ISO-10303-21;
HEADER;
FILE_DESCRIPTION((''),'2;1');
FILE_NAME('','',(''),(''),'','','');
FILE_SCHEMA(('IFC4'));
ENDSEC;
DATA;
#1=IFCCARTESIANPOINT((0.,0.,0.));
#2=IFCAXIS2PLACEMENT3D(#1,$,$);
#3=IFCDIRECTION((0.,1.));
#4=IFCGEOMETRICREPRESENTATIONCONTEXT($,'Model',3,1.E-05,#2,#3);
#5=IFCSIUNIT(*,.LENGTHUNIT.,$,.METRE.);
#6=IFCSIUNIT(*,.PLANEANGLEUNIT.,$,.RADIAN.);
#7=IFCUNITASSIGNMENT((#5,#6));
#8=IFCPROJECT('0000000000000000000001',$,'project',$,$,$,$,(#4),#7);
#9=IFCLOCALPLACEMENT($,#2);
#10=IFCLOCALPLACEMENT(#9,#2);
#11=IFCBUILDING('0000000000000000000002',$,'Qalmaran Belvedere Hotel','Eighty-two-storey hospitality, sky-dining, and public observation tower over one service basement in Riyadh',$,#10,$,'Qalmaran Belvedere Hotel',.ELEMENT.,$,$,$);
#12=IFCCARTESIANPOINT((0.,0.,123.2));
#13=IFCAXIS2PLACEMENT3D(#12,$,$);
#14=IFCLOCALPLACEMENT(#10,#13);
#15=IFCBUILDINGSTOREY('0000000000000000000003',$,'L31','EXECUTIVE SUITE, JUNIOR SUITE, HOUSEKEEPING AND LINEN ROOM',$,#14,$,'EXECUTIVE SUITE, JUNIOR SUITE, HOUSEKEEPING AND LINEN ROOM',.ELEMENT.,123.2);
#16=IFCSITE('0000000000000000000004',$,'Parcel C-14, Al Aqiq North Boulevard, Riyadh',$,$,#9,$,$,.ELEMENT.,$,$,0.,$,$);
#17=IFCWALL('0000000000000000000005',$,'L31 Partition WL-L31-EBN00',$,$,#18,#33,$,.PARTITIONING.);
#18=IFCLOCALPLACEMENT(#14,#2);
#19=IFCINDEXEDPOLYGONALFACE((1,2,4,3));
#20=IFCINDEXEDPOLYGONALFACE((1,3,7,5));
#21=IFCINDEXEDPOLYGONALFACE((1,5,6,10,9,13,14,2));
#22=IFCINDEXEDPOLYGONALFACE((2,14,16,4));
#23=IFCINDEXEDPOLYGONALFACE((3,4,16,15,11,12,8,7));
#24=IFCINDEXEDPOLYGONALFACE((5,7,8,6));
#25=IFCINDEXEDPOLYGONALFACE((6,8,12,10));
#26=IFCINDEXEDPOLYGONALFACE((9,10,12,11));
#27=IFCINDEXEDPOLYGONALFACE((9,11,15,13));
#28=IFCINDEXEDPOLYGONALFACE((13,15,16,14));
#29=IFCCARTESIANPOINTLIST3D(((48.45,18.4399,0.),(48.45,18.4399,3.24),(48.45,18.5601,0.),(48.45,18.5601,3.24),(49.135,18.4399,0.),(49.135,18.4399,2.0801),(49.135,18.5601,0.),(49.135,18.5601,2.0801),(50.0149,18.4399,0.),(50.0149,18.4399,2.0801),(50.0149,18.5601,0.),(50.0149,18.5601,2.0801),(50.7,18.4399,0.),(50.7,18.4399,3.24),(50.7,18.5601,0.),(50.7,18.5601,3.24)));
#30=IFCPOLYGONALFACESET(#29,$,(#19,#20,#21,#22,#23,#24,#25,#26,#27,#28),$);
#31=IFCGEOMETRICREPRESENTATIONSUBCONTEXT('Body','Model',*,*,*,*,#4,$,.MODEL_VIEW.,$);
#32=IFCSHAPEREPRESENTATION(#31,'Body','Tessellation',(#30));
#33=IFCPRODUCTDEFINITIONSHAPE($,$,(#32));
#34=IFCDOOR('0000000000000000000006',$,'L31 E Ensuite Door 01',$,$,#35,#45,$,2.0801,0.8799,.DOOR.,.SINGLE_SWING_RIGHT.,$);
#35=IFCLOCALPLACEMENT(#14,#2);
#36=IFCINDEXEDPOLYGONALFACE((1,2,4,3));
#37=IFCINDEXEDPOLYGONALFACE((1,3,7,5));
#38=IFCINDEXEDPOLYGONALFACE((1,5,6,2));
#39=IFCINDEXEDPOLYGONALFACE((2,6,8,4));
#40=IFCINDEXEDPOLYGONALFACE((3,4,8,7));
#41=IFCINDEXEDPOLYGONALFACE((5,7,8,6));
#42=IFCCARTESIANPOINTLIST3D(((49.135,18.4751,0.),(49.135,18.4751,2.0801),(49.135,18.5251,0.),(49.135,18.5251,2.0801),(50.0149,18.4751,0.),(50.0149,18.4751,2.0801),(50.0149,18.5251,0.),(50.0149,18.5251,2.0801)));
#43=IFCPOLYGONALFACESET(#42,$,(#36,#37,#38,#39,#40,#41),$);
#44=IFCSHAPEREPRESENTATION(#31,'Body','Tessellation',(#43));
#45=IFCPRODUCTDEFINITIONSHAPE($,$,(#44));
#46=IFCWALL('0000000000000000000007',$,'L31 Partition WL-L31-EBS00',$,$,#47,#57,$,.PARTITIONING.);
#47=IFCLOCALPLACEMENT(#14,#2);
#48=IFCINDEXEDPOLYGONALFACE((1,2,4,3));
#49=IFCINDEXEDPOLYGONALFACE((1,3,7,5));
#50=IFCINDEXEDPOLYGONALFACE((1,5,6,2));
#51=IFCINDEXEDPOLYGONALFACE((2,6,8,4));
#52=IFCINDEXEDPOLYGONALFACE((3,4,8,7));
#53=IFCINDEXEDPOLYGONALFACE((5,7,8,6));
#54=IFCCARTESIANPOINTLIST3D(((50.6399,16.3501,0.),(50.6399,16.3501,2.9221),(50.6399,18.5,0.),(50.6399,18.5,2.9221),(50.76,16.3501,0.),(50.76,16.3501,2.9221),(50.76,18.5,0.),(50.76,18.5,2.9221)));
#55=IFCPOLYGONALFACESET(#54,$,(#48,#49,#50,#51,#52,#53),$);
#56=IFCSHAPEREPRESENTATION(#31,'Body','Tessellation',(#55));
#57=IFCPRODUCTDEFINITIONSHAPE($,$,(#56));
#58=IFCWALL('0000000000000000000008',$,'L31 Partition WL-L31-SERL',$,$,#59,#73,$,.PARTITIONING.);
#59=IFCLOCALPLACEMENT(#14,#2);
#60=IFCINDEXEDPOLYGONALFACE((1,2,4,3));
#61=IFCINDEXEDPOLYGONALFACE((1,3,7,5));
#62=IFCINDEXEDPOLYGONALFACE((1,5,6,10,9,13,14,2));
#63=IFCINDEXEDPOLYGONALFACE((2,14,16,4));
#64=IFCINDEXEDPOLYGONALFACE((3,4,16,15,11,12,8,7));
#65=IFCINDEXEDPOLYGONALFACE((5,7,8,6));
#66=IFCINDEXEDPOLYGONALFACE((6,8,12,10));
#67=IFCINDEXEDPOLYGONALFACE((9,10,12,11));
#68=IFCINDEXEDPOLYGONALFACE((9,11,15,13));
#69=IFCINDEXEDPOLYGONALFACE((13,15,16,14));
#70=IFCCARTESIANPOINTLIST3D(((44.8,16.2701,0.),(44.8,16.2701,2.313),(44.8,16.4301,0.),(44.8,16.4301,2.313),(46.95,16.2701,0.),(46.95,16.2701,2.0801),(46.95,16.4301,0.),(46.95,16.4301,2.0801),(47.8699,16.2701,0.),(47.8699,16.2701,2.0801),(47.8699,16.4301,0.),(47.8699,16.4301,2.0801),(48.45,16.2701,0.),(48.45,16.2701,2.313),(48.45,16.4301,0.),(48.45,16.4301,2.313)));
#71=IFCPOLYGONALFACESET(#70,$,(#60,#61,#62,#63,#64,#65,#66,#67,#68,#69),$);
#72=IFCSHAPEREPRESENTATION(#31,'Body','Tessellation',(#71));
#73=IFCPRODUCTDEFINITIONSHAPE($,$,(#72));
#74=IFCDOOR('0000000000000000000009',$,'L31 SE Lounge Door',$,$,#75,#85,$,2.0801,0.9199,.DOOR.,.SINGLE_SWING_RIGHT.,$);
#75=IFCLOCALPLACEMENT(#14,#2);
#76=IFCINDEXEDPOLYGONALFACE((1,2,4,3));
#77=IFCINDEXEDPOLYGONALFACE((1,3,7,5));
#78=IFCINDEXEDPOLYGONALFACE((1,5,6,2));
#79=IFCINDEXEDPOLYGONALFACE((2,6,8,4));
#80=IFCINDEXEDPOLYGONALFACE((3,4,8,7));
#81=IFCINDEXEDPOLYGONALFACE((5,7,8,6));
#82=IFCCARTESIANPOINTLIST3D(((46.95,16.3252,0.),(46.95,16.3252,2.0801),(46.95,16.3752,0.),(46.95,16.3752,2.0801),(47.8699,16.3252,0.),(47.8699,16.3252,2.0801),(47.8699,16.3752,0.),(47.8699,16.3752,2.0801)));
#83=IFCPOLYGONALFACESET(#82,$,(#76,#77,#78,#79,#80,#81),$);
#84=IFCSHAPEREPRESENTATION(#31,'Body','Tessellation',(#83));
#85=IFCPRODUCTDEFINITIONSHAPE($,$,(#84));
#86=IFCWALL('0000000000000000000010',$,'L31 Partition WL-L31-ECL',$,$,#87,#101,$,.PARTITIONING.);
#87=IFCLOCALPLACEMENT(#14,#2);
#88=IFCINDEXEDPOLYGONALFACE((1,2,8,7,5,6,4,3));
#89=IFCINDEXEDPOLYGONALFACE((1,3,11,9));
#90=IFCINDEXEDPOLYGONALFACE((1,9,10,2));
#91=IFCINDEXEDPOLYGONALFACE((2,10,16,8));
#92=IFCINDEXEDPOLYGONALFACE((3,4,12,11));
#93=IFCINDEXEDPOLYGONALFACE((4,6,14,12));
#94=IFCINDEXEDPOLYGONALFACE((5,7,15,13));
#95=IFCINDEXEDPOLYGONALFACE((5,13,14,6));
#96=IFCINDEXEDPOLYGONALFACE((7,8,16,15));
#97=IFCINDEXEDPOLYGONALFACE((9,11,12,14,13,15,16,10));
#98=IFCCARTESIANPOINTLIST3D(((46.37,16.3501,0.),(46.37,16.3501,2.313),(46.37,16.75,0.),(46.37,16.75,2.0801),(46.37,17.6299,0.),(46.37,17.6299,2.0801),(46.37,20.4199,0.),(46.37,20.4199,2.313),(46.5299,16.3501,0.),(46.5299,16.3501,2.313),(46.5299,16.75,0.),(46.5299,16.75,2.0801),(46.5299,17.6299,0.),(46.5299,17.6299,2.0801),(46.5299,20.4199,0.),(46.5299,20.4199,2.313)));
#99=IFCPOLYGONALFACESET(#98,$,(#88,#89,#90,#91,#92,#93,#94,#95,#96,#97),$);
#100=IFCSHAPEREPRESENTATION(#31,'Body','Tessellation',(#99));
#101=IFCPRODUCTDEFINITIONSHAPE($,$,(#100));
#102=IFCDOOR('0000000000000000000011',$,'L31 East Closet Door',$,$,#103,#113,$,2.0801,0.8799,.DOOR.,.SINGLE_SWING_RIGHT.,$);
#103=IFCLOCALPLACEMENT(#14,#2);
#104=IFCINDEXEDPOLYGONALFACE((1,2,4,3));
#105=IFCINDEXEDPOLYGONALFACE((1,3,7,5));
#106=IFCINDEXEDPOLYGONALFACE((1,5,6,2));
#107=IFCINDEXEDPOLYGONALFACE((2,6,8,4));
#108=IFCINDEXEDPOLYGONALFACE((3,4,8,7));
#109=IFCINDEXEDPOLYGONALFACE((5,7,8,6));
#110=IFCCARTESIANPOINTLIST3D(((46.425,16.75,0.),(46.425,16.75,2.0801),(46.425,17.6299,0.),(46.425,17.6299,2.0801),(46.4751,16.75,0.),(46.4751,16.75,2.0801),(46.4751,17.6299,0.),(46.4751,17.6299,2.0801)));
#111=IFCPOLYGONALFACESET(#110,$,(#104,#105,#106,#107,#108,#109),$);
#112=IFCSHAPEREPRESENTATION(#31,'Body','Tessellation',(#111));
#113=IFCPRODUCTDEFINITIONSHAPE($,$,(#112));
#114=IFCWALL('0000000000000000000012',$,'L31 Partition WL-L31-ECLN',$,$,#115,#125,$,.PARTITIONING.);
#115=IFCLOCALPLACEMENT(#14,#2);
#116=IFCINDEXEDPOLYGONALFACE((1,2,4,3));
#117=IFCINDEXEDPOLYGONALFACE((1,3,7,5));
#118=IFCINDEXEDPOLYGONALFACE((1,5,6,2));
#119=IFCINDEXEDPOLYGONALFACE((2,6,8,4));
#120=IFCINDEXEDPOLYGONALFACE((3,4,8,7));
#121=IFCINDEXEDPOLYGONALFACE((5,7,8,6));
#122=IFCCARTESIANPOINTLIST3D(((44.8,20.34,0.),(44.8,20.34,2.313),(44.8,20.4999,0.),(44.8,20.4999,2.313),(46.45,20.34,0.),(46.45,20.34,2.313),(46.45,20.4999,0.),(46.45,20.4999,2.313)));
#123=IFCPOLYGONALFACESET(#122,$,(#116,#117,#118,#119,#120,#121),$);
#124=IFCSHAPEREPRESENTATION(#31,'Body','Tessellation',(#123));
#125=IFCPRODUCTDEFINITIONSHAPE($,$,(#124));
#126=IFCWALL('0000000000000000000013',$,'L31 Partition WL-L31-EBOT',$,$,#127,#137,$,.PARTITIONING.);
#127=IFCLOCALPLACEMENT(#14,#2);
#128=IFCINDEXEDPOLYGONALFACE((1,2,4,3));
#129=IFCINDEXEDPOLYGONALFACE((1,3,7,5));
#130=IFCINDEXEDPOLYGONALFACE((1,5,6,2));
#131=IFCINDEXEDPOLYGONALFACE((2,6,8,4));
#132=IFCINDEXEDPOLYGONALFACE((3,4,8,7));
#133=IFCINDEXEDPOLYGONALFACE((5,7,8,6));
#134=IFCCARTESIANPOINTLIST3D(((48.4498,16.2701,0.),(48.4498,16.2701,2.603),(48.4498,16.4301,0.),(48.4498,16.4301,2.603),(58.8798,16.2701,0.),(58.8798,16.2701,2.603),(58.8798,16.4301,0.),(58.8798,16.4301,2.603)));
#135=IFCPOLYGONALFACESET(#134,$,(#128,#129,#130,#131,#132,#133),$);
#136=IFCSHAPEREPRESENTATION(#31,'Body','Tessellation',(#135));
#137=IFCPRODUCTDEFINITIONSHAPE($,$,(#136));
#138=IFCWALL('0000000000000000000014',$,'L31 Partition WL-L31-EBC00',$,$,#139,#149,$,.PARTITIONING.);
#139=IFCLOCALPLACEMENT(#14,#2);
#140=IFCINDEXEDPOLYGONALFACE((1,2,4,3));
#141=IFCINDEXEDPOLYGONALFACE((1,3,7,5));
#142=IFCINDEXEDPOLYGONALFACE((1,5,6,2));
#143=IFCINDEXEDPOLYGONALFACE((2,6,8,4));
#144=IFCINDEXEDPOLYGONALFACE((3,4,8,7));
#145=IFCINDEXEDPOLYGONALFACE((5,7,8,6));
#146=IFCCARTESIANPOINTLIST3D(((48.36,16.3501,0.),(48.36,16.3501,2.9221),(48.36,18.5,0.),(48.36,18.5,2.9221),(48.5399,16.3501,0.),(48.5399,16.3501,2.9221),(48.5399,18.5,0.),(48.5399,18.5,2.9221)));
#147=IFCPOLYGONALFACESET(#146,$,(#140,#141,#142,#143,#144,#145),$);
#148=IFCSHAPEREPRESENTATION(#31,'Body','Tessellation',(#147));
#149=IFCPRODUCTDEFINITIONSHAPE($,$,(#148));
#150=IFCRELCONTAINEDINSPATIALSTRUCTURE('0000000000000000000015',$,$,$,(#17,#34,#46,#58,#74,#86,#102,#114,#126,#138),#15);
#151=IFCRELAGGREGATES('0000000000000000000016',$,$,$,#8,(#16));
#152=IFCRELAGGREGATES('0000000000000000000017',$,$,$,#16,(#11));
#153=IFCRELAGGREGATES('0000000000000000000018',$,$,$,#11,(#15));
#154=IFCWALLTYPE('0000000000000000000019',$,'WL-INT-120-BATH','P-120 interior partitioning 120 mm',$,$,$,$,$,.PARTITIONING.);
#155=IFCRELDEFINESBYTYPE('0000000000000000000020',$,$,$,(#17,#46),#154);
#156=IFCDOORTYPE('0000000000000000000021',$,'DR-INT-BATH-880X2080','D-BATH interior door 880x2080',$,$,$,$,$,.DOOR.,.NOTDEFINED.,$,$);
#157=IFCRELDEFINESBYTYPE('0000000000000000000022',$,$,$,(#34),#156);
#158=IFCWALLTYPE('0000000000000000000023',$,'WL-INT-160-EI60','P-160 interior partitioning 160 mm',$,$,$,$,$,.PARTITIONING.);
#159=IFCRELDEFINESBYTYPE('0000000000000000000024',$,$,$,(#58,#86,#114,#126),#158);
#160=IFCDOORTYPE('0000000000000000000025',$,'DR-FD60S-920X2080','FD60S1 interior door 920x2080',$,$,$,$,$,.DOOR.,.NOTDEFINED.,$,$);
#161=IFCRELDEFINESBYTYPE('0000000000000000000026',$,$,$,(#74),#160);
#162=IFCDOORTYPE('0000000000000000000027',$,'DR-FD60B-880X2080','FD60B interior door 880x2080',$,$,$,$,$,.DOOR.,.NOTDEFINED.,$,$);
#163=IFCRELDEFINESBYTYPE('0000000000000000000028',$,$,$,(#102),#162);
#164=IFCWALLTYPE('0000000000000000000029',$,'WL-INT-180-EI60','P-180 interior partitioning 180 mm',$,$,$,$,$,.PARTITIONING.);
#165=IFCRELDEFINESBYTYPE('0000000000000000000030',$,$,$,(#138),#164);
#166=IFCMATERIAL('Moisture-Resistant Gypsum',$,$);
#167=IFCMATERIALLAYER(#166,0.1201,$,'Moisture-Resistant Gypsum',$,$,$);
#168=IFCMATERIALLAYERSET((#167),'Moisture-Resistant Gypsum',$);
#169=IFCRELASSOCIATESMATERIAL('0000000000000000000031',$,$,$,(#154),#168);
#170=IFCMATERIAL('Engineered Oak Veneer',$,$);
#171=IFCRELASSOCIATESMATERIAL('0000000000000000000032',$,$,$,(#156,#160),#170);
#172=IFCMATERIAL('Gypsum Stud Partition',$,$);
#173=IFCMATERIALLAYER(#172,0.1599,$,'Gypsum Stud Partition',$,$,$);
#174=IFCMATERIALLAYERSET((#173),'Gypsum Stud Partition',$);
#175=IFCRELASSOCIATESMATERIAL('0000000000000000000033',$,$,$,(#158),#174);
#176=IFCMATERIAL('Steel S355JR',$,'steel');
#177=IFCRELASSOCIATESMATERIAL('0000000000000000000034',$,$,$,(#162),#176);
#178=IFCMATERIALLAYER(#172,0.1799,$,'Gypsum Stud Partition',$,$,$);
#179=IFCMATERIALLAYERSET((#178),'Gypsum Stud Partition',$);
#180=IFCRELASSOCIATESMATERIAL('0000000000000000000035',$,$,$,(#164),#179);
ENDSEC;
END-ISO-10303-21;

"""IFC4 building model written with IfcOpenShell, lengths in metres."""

from ifc_helpers import new_model, si_unit, direction, frame, frame_2d, origin, place, context, subcontext, project, spatial, rectangle, extrude, material, layer, layer_set, type_object, element, fill, save


model = new_model("IFC4")

# Units and contexts
model_context = context("Model", 3, precision=1e-05, world=origin(), true_north=direction((0.0, 1.0)))
body_context = subcontext(model_context, "Body", "Model", "MODEL_VIEW")
ifc_project = project(units=[si_unit("LENGTHUNIT", "METRE"), si_unit("PLANEANGLEUNIT", "RADIAN")], contexts=[model_context])

# Site, building, storey
site_placement = place(None, origin())
site = spatial("IfcSite", under=ifc_project, at=site_placement, Name="Parcel C-14, Al Aqiq North Boulevard, Riyadh", CompositionType="ELEMENT", RefElevation=0.0)
building_placement = place(site_placement, origin())
building = spatial("IfcBuilding", under=site, at=building_placement, Name="Qalmaran Belvedere Hotel", Description="Eighty-two-storey hospitality, sky-dining, and public observation tower over one service basement in Riyadh", LongName="Qalmaran Belvedere Hotel", CompositionType="ELEMENT")
storey_placement = place(building_placement, frame((0.0, 0.0, 123.2)))
storey = spatial("IfcBuildingStorey", under=building, at=storey_placement, Name="L31", Description="EXECUTIVE SUITE, JUNIOR SUITE, HOUSEKEEPING AND LINEN ROOM", LongName="EXECUTIVE SUITE, JUNIOR SUITE, HOUSEKEEPING AND LINEN ROOM", CompositionType="ELEMENT", Elevation=123.2)

# Shared definitions
ifc_material_1 = material(Name="Steel S355JR", Category="steel")

# Wall, opening, door
ifc_material_2 = material(Name="Moisture-Resistant Gypsum")
ifc_layer_1 = layer(ifc_material_2, 0.1201, Name="Moisture-Resistant Gypsum")
ifc_layer_set_1 = layer_set([ifc_layer_1], Name="Moisture-Resistant Gypsum")
wall_type_1 = type_object("IfcWallType", Name="WL-INT-120-BATH", Description="P-120 interior partitioning 120 mm", PredefinedType="PARTITIONING", material=ifc_layer_set_1)
wall_1_placement = place(storey_placement, frame((48.45, 18.5, 0.0), z_axis=(0.0, 0.0, 1.0), x_axis=(1.0, 0.0, 0.0)))
wall_1 = element("IfcWall", 1, at=wall_1_placement, inside=storey, type_object=wall_type_1, Name="L31 Partition WL-L31-EBN00", PredefinedType="PARTITIONING", context=body_context, shape_type="SweptSolid", body=[
    extrude(rectangle(XDim=2.25, YDim=0.1201, at=frame_2d((1.125, 0.0))), origin(), (0.0, 0.0, 1.0), 3.24),
])
opening_1_placement = place(wall_1_placement, frame((1.5649, 0.0, 0.0), z_axis=(0.0, 0.0, 1.0), x_axis=(-1.0, 0.0, 0.0)))
opening_1 = element("IfcOpeningElement", 2, at=opening_1_placement, cuts=wall_1, PredefinedType="OPENING", context=body_context, shape_type="SweptSolid", body=[
    extrude(rectangle(XDim=0.8799, YDim=2.0801, at=frame_2d((0.4399, 1.04))), frame((0.0, 0.0701, 0.0), z_axis=(0.0, -1.0, 0.0), x_axis=(1.0, 0.0, 0.0)), (0.0, 0.0, 1.0), 0.1401),
])
ifc_material_3 = material(Name="Engineered Oak Veneer")
door_type_1 = type_object("IfcDoorType", Name="DR-INT-BATH-880X2080", Description="D-BATH interior door 880x2080", OperationType="NOTDEFINED", PredefinedType="DOOR", material=ifc_material_3)
door_1_placement = place(opening_1_placement, origin())
door_1 = element("IfcDoor", 3, at=door_1_placement, inside=storey, type_object=door_type_1, Name="L31 E Ensuite Door 01", OperationType="SINGLE_SWING_RIGHT", OverallHeight=2.0801, OverallWidth=0.8799, PredefinedType="DOOR", context=body_context, shape_type="SweptSolid", body=[
    extrude(rectangle(XDim=0.8799, YDim=2.0801, at=frame_2d((0.4399, 1.04))), frame((0.0, 0.0249, 0.0), z_axis=(0.0, -1.0, 0.0), x_axis=(1.0, 0.0, 0.0)), (0.0, 0.0, 1.0), 0.05),
])
fill(opening_1, door_1)

# Wall
wall_2_placement = place(storey_placement, frame((50.7, 16.3501, 0.0), z_axis=(0.0, 0.0, 1.0), x_axis=(0.0, 1.0, 0.0)))
element("IfcWall", 4, at=wall_2_placement, inside=storey, type_object=wall_type_1, Name="L31 Partition WL-L31-EBS00", PredefinedType="PARTITIONING", context=body_context, shape_type="SweptSolid", body=[
    extrude(rectangle(XDim=2.1499, YDim=0.1201, at=frame_2d((1.075, 0.0))), origin(), (0.0, 0.0, 1.0), 2.9221),
])

# Walls, openings, doors
ifc_material_4 = material(Name="Gypsum Stud Partition")
ifc_layer_2 = layer(ifc_material_4, 0.1599, Name="Gypsum Stud Partition")
ifc_layer_set_2 = layer_set([ifc_layer_2], Name="Gypsum Stud Partition")
wall_type_2 = type_object("IfcWallType", Name="WL-INT-160-EI60", Description="P-160 interior partitioning 160 mm", PredefinedType="PARTITIONING", material=ifc_layer_set_2)
wall_3_placement = place(storey_placement, frame((44.8, 16.3501, 0.0), z_axis=(0.0, 0.0, 1.0), x_axis=(1.0, 0.0, 0.0)))
wall_3 = element("IfcWall", 5, at=wall_3_placement, inside=storey, type_object=wall_type_2, Name="L31 Partition WL-L31-SERL", PredefinedType="PARTITIONING", context=body_context, shape_type="SweptSolid", body=[
    extrude(rectangle(XDim=3.6499, YDim=0.1599, at=frame_2d((1.825, 0.0))), origin(), (0.0, 0.0, 1.0), 2.313),
])
opening_2_placement = place(wall_3_placement, frame((3.0698, 0.0, 0.0), z_axis=(0.0, 0.0, 1.0), x_axis=(-1.0, 0.0, 0.0)))
opening_2 = element("IfcOpeningElement", 6, at=opening_2_placement, cuts=wall_3, PredefinedType="OPENING", context=body_context, shape_type="SweptSolid", body=[
    extrude(rectangle(XDim=0.9199, YDim=2.0801, at=frame_2d((0.46, 1.04))), frame((0.0, 0.0898, 0.0), z_axis=(0.0, -1.0, 0.0), x_axis=(1.0, 0.0, 0.0)), (0.0, 0.0, 1.0), 0.1799),
])
door_type_2 = type_object("IfcDoorType", Name="DR-FD60S-920X2080", Description="FD60S1 interior door 920x2080", OperationType="NOTDEFINED", PredefinedType="DOOR", material=ifc_material_3)
door_2_placement = place(opening_2_placement, origin())
door_2 = element("IfcDoor", 7, at=door_2_placement, inside=storey, type_object=door_type_2, Name="L31 SE Lounge Door", OperationType="SINGLE_SWING_RIGHT", OverallHeight=2.0801, OverallWidth=0.9199, PredefinedType="DOOR", context=body_context, shape_type="SweptSolid", body=[
    extrude(rectangle(XDim=0.9199, YDim=2.0801, at=frame_2d((0.46, 1.04))), frame((0.0, 0.0249, 0.0), z_axis=(0.0, -1.0, 0.0), x_axis=(1.0, 0.0, 0.0)), (0.0, 0.0, 1.0), 0.05),
])
fill(opening_2, door_2)
wall_4_placement = place(storey_placement, frame((46.45, 16.3501, 0.0), z_axis=(0.0, 0.0, 1.0), x_axis=(0.0, 1.0, 0.0)))
wall_4 = element("IfcWall", 8, at=wall_4_placement, inside=storey, type_object=wall_type_2, Name="L31 Partition WL-L31-ECL", PredefinedType="PARTITIONING", context=body_context, shape_type="SweptSolid", body=[
    extrude(rectangle(XDim=4.0698, YDim=0.1599, at=frame_2d((2.0349, 0.0))), origin(), (0.0, 0.0, 1.0), 2.313),
])
opening_3_placement = place(wall_4_placement, frame((0.3999, 0.0, 0.0)))
opening_3 = element("IfcOpeningElement", 9, at=opening_3_placement, cuts=wall_4, PredefinedType="OPENING", context=body_context, shape_type="SweptSolid", body=[
    extrude(rectangle(XDim=0.8799, YDim=2.0801, at=frame_2d((0.4399, 1.04))), frame((0.0, 0.0898, 0.0), z_axis=(0.0, -1.0, 0.0), x_axis=(1.0, 0.0, 0.0)), (0.0, 0.0, 1.0), 0.1799),
])
door_type_3 = type_object("IfcDoorType", Name="DR-FD60B-880X2080", Description="FD60B interior door 880x2080", OperationType="NOTDEFINED", PredefinedType="DOOR", material=ifc_material_1)
door_3_placement = place(opening_3_placement, origin())
door_3 = element("IfcDoor", 10, at=door_3_placement, inside=storey, type_object=door_type_3, Name="L31 East Closet Door", OperationType="SINGLE_SWING_RIGHT", OverallHeight=2.0801, OverallWidth=0.8799, PredefinedType="DOOR", context=body_context, shape_type="SweptSolid", body=[
    extrude(rectangle(XDim=0.8799, YDim=2.0801, at=frame_2d((0.4399, 1.04))), frame((0.0, 0.0249, 0.0), z_axis=(0.0, -1.0, 0.0), x_axis=(1.0, 0.0, 0.0)), (0.0, 0.0, 1.0), 0.05),
])
fill(opening_3, door_3)

# Walls
wall_5_placement = place(storey_placement, frame((44.8, 20.4199, 0.0), z_axis=(0.0, 0.0, 1.0), x_axis=(1.0, 0.0, 0.0)))
element("IfcWall", 11, at=wall_5_placement, inside=storey, type_object=wall_type_2, Name="L31 Partition WL-L31-ECLN", PredefinedType="PARTITIONING", context=body_context, shape_type="SweptSolid", body=[
    extrude(rectangle(XDim=1.6499, YDim=0.1599, at=frame_2d((0.825, 0.0))), origin(), (0.0, 0.0, 1.0), 2.313),
])
wall_6_placement = place(storey_placement, frame((48.45, 16.3501, 0.0), z_axis=(0.0, 0.0, 1.0), x_axis=(1.0, 0.0, 0.0)))
element("IfcWall", 12, at=wall_6_placement, inside=storey, type_object=wall_type_2, Name="L31 Partition WL-L31-EBOT", PredefinedType="PARTITIONING", context=body_context, shape_type="SweptSolid", body=[
    extrude(rectangle(XDim=10.4299, YDim=0.1599, at=frame_2d((5.2148, 0.0))), origin(), (0.0, 0.0, 1.0), 2.603),
])
ifc_layer_3 = layer(ifc_material_4, 0.1799, Name="Gypsum Stud Partition")
ifc_layer_set_3 = layer_set([ifc_layer_3], Name="Gypsum Stud Partition")
wall_type_3 = type_object("IfcWallType", Name="WL-INT-180-EI60", Description="P-180 interior partitioning 180 mm", PredefinedType="PARTITIONING", material=ifc_layer_set_3)
wall_7_placement = place(storey_placement, frame((48.45, 16.3501, 0.0), z_axis=(0.0, 0.0, 1.0), x_axis=(0.0, 1.0, 0.0)))
element("IfcWall", 13, at=wall_7_placement, inside=storey, type_object=wall_type_3, Name="L31 Partition WL-L31-EBC00", PredefinedType="PARTITIONING", context=body_context, shape_type="SweptSolid", body=[
    extrude(rectangle(XDim=2.1499, YDim=0.1799, at=frame_2d((1.075, 0.0))), origin(), (0.0, 0.0, 1.0), 2.9221),
])

save(model, "model.ifc")
